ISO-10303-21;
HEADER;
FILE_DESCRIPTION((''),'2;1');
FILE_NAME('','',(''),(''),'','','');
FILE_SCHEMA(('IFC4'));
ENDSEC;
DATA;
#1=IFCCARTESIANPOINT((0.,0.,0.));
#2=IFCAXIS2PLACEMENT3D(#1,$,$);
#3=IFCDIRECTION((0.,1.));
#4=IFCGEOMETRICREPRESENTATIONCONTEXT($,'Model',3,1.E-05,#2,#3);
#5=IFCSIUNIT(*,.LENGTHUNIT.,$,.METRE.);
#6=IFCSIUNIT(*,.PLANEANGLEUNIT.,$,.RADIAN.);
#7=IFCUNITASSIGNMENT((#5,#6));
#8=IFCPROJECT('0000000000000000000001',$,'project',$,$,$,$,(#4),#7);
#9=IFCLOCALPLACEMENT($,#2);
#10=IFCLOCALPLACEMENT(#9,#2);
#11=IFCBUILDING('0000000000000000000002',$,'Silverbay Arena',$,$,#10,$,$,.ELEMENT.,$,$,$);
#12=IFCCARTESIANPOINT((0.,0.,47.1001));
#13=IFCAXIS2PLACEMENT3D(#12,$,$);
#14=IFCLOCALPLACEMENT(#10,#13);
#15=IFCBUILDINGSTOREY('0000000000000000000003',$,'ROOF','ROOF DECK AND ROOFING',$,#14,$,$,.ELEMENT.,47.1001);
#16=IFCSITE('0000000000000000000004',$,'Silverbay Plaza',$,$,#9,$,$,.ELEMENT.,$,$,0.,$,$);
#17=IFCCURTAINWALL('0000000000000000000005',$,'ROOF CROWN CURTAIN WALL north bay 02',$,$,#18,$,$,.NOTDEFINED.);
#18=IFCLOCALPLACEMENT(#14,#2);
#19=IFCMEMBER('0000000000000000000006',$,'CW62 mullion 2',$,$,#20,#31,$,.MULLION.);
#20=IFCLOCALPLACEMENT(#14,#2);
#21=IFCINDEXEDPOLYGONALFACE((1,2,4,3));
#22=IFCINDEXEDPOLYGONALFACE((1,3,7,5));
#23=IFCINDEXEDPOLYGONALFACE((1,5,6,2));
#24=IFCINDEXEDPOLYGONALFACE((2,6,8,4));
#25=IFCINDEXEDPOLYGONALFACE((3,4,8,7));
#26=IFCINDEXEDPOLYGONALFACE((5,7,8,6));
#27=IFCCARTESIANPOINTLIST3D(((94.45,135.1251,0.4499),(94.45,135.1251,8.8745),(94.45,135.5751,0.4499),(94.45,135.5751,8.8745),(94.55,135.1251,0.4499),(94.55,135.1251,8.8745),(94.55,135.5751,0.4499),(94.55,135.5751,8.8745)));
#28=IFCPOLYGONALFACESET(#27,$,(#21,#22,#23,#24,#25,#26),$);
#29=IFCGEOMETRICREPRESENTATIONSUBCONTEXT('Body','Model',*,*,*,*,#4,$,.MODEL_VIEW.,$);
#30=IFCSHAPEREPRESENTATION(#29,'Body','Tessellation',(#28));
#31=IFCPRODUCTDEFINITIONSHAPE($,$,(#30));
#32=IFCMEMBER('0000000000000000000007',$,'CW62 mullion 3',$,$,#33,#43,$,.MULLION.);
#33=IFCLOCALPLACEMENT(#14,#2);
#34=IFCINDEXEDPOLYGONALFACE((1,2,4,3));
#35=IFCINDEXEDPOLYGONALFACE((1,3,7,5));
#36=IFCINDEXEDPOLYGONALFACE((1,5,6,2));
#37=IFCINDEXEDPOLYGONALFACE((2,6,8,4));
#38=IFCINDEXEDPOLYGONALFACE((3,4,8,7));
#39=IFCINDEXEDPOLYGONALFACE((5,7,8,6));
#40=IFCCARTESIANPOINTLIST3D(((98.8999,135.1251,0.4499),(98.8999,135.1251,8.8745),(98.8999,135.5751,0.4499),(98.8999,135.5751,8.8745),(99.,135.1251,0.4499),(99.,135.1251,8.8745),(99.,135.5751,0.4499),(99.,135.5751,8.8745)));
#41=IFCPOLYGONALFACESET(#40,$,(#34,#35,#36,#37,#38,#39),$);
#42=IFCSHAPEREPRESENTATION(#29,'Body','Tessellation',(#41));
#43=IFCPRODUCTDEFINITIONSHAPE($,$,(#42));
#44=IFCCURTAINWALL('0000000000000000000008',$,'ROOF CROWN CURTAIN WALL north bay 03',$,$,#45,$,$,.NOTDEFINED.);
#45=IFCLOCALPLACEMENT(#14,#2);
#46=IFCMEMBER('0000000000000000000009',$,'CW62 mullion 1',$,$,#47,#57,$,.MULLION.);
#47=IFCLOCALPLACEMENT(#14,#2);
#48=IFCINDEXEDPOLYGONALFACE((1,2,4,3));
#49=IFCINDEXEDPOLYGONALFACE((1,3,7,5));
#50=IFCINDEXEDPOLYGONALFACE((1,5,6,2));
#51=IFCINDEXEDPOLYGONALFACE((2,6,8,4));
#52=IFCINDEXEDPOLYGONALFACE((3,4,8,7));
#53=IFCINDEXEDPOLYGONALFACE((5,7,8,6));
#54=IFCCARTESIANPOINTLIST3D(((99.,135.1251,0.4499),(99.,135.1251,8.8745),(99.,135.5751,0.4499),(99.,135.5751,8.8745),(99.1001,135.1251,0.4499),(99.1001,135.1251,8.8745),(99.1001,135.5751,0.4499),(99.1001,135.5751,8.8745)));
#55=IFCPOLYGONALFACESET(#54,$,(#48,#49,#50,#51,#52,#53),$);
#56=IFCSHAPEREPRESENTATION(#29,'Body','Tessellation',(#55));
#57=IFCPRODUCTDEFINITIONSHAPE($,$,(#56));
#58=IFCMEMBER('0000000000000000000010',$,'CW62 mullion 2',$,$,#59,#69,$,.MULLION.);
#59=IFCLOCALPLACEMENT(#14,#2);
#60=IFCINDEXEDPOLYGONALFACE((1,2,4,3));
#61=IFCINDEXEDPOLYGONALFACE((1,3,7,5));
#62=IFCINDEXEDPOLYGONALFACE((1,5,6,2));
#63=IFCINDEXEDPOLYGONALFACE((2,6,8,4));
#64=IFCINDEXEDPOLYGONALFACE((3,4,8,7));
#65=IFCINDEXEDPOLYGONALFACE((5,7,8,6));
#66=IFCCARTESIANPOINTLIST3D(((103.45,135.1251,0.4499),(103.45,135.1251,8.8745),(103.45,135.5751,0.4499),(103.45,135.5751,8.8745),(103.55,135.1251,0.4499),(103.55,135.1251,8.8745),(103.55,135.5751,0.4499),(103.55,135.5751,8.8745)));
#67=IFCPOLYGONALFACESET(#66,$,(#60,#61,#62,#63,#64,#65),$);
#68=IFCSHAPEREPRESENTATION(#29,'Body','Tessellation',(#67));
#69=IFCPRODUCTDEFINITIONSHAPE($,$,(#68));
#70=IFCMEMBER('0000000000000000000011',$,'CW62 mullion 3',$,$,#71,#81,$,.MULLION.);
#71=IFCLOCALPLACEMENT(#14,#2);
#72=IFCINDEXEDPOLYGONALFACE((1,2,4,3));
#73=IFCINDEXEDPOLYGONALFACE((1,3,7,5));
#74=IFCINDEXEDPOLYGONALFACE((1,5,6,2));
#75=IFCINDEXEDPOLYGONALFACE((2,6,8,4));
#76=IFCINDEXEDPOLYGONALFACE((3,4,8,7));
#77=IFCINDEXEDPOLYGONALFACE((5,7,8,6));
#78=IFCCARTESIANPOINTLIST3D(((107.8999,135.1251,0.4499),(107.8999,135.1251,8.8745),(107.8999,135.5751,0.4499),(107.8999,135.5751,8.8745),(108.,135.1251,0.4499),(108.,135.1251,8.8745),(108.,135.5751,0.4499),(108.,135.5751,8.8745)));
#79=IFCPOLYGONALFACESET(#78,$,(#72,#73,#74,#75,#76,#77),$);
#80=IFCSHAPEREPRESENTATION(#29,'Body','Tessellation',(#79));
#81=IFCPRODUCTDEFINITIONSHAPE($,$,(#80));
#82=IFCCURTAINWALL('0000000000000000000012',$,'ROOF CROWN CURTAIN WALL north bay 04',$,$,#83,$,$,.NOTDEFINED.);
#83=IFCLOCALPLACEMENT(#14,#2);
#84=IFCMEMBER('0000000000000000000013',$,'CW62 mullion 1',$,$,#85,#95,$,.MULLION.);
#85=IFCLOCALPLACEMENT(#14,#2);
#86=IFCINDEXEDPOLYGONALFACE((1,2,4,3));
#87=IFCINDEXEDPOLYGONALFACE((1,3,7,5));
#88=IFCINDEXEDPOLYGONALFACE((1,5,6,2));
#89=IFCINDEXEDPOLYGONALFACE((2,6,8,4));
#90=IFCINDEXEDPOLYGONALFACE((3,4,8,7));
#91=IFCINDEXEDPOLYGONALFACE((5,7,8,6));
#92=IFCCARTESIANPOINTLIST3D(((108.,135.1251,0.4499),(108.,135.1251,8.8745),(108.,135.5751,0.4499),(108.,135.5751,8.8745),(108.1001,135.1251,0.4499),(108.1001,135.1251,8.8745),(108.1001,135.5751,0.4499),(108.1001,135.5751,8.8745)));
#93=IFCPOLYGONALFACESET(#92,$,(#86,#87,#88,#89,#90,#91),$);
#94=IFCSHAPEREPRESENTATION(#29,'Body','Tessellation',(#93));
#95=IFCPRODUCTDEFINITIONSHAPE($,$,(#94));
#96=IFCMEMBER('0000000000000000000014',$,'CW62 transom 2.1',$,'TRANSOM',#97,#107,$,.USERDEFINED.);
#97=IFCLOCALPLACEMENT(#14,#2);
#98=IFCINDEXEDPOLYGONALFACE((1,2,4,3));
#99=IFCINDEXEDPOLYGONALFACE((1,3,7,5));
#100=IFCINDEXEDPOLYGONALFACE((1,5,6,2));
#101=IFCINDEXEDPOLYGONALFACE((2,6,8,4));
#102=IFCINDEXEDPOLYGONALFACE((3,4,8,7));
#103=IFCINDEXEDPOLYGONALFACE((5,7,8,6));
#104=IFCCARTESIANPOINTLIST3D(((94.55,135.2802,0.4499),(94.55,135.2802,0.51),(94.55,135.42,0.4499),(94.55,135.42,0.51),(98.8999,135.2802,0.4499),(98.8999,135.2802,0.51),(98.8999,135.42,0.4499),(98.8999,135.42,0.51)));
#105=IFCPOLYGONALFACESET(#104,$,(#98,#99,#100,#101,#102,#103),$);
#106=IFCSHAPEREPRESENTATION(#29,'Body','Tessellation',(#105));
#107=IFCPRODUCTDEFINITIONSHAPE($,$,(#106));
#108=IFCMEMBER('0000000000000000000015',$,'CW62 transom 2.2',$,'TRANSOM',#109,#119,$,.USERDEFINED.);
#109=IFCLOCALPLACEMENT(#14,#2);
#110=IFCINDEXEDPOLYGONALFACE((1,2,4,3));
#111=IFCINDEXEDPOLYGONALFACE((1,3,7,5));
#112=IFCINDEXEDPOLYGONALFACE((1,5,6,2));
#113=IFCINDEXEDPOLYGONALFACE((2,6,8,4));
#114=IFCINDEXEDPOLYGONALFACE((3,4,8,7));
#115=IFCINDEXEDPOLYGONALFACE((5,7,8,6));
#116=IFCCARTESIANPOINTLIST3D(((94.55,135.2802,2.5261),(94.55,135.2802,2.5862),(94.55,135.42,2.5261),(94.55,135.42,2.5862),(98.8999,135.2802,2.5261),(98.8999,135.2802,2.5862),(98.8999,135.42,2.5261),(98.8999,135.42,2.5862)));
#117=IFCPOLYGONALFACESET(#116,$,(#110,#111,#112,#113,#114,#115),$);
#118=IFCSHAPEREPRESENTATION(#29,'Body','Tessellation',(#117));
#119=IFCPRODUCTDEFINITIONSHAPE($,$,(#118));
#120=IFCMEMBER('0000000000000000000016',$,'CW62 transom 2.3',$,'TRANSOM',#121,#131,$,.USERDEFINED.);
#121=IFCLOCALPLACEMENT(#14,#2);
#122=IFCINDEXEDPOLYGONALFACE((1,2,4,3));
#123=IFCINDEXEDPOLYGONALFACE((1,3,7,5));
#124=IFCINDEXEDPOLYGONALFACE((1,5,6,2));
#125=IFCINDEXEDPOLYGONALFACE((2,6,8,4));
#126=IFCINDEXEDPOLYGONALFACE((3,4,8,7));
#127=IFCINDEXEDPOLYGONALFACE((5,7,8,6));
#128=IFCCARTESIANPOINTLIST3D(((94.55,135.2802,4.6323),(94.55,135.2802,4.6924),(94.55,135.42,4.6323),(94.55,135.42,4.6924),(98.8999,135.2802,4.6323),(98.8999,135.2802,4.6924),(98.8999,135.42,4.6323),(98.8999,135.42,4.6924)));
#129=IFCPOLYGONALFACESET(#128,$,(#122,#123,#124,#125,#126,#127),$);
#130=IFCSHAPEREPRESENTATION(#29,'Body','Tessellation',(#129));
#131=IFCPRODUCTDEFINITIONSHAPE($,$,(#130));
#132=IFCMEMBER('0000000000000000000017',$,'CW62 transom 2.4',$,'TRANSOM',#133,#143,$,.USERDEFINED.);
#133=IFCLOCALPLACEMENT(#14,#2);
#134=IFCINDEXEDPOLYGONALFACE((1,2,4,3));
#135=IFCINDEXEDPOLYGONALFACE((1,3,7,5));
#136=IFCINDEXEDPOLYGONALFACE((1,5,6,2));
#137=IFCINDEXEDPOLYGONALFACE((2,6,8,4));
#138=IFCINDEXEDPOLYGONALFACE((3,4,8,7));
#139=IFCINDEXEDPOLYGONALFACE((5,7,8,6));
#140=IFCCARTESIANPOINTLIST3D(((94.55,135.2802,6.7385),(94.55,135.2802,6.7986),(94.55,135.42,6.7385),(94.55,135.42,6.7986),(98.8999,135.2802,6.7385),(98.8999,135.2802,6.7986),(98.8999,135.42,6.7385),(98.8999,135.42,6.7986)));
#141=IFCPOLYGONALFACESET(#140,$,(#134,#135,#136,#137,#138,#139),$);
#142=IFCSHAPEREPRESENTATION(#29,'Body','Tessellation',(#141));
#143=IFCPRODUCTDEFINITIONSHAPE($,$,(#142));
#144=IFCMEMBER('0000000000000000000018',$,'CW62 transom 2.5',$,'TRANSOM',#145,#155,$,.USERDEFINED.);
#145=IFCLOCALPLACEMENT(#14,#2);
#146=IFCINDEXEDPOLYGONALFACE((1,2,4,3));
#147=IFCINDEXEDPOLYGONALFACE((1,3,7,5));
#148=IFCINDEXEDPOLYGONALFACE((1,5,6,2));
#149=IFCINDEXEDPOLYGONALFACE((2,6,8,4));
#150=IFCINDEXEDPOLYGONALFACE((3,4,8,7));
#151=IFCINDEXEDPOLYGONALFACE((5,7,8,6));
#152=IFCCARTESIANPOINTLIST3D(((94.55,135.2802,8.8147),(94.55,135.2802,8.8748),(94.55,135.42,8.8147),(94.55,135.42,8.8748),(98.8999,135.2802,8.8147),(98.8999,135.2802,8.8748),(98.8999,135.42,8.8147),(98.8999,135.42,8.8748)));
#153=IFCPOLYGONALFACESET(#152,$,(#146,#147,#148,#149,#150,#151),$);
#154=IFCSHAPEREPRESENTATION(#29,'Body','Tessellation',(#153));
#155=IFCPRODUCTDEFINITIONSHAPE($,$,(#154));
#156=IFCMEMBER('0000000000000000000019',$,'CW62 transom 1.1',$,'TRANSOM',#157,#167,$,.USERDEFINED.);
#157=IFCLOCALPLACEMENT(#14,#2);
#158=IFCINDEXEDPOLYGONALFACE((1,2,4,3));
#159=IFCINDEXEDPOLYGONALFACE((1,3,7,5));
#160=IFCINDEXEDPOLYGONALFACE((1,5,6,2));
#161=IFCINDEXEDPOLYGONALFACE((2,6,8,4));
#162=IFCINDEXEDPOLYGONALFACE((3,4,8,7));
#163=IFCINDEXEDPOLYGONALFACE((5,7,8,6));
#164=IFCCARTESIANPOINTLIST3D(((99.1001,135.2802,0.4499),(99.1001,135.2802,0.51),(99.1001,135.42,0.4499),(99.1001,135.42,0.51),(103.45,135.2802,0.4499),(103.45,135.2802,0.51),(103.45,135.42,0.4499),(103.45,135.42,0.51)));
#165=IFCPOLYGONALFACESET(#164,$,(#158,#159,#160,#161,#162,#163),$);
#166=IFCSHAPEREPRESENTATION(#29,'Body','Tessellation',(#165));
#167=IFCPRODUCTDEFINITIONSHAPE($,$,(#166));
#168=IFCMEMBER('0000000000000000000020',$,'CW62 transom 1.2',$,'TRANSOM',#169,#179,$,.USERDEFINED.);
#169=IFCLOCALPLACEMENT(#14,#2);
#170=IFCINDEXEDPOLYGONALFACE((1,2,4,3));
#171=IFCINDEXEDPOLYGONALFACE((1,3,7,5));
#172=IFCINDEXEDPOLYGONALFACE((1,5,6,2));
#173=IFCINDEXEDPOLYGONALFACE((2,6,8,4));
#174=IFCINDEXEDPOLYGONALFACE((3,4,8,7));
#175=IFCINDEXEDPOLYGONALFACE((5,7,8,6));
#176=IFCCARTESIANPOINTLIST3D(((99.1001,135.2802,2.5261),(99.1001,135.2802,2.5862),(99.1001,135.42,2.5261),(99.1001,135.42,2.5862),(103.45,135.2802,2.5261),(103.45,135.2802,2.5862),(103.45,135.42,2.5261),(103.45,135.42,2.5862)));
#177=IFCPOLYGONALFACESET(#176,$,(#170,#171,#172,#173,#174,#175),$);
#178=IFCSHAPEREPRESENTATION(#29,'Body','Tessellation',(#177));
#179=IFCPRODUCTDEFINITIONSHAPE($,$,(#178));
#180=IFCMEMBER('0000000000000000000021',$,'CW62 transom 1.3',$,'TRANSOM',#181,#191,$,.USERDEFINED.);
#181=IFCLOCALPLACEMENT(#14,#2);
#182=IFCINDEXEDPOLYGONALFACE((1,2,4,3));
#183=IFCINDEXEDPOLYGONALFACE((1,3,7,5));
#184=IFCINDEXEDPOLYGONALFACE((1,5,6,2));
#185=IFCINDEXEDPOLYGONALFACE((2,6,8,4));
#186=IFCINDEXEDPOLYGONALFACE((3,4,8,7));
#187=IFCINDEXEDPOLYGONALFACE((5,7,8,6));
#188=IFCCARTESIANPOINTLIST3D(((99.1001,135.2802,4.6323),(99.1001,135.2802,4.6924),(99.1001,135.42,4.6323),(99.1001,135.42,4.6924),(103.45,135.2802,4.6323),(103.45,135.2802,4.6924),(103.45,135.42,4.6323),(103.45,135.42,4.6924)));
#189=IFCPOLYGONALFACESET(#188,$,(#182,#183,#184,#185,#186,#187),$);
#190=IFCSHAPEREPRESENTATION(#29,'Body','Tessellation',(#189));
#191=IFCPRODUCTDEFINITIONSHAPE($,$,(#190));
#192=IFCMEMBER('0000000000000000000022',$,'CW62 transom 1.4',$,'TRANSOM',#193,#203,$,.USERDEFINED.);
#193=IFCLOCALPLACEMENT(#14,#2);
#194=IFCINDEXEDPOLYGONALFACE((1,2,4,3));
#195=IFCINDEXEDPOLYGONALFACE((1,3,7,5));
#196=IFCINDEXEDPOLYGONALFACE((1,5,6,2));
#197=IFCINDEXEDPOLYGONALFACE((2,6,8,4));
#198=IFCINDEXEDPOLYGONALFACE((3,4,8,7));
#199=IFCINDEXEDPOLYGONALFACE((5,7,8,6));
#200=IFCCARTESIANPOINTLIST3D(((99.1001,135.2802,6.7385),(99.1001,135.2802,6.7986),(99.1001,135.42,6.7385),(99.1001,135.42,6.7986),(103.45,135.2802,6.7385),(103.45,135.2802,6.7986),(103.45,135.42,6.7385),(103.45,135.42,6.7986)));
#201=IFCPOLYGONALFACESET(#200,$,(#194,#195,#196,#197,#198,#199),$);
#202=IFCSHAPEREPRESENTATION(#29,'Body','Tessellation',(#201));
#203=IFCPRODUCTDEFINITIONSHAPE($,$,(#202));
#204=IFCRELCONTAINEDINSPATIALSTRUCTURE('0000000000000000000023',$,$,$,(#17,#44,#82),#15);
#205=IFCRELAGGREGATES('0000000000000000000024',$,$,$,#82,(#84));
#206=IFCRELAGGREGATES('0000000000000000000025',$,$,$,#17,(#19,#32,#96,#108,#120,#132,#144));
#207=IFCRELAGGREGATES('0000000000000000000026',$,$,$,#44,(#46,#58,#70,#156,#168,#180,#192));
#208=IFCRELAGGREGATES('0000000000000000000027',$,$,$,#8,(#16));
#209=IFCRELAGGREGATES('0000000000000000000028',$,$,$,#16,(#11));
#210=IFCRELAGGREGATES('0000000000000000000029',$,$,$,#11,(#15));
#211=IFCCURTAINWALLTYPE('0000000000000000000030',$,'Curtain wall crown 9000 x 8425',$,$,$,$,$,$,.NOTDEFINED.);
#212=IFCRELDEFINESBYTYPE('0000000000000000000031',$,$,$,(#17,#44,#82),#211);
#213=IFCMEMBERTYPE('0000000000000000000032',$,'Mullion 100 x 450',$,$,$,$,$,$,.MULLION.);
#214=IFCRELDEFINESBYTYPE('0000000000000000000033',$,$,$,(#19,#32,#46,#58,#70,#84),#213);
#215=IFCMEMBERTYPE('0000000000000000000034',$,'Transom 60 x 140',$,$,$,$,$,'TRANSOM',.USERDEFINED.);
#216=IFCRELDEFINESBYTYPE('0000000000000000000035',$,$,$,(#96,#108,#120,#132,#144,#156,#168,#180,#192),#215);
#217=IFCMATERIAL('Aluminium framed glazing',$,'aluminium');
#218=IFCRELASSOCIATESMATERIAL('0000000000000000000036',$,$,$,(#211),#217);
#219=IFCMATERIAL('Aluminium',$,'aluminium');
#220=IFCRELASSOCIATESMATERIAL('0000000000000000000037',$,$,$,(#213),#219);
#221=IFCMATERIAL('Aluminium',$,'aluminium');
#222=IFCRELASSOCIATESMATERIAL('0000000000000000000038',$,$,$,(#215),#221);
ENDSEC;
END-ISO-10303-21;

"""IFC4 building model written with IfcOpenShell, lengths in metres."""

from ifc_helpers import new_model, si_unit, direction, frame, origin, origin_2d, place, context, subcontext, project, spatial, rectangle, extrude, material, material_profile, profile_set, type_object, element, aggregate, save


model = new_model("IFC4")

# Units and contexts
model_context = context("Model", 3, precision=1e-05, world=origin(), true_north=direction((0.0, 1.0)))
body_context = subcontext(model_context, "Body", "Model", "MODEL_VIEW")
ifc_project = project(units=[si_unit("LENGTHUNIT", "METRE"), si_unit("PLANEANGLEUNIT", "RADIAN")], contexts=[model_context])

# Site, building, storey
site_placement = place(None, origin())
site = spatial("IfcSite", under=ifc_project, at=site_placement, Name="Silverbay Plaza", CompositionType="ELEMENT", RefElevation=0.0)
building_placement = place(site_placement, origin())
building = spatial("IfcBuilding", under=site, at=building_placement, Name="Silverbay Arena", CompositionType="ELEMENT")
storey_placement = place(building_placement, frame((0.0, 0.0, 47.1001)))
storey = spatial("IfcBuildingStorey", under=building, at=storey_placement, Name="ROOF", Description="ROOF DECK AND ROOFING", CompositionType="ELEMENT", Elevation=47.1001)

# Curtain walls, members
ifc_material_1 = material(Name="Aluminium framed glazing", Category="aluminium")
curtain_wall_type = type_object("IfcCurtainWallType", Name="Curtain wall crown 9000 x 8425", PredefinedType="NOTDEFINED", material=ifc_material_1)
curtain_wall_1_placement = place(storey_placement, origin())
curtain_wall_1 = element("IfcCurtainWall", 1, at=curtain_wall_1_placement, inside=storey, type_object=curtain_wall_type, Name="ROOF CROWN CURTAIN WALL north bay 02", PredefinedType="NOTDEFINED")
ifc_material_2 = material(Name="Aluminium", Category="aluminium")
ifc_material_profile_1 = material_profile(ifc_material_2, rectangle(XDim=0.45, YDim=0.1001, at=origin_2d()), Name="Mullion 100 x 450")
ifc_profile_set_1 = profile_set([ifc_material_profile_1], Name="Aluminium")
member_type_1 = type_object("IfcMemberType", Name="Mullion 100 x 450", PredefinedType="MULLION", material=ifc_profile_set_1)
placement = place(building_placement, frame((0.0, 0.0, 33.5)))
member_1_placement = place(placement, frame((94.5, 135.3501, 14.05), z_axis=(0.0, 0.0, 1.0), x_axis=(0.0, 1.0, 0.0)))
member_1 = element("IfcMember", 2, at=member_1_placement, type_object=member_type_1, Name="CW62 mullion 2", PredefinedType="MULLION", context=body_context, shape_type="SweptSolid", body=[
    extrude(rectangle(XDim=0.45, YDim=0.1001, at=origin_2d()), origin(), (0.0, 0.0, 1.0), 8.4246),
])
member_2_placement = place(placement, frame((98.95, 135.3501, 14.05), z_axis=(0.0, 0.0, 1.0), x_axis=(0.0, 1.0, 0.0)))
member_2 = element("IfcMember", 3, at=member_2_placement, type_object=member_type_1, Name="CW62 mullion 3", PredefinedType="MULLION", context=body_context, shape_type="SweptSolid", body=[
    extrude(rectangle(XDim=0.45, YDim=0.1001, at=origin_2d()), origin(), (0.0, 0.0, 1.0), 8.4246),
])
curtain_wall_2_placement = place(storey_placement, origin())
curtain_wall_2 = element("IfcCurtainWall", 4, at=curtain_wall_2_placement, inside=storey, type_object=curtain_wall_type, Name="ROOF CROWN CURTAIN WALL north bay 03", PredefinedType="NOTDEFINED")
member_3_placement = place(placement, frame((99.05, 135.3501, 14.05), z_axis=(0.0, 0.0, 1.0), x_axis=(0.0, 1.0, 0.0)))
member_3 = element("IfcMember", 5, at=member_3_placement, type_object=member_type_1, Name="CW62 mullion 1", PredefinedType="MULLION", context=body_context, shape_type="SweptSolid", body=[
    extrude(rectangle(XDim=0.45, YDim=0.1001, at=origin_2d()), origin(), (0.0, 0.0, 1.0), 8.4246),
])
member_4_placement = place(placement, frame((103.5, 135.3501, 14.05), z_axis=(0.0, 0.0, 1.0), x_axis=(0.0, 1.0, 0.0)))
member_4 = element("IfcMember", 6, at=member_4_placement, type_object=member_type_1, Name="CW62 mullion 2", PredefinedType="MULLION", context=body_context, shape_type="SweptSolid", body=[
    extrude(rectangle(XDim=0.45, YDim=0.1001, at=origin_2d()), origin(), (0.0, 0.0, 1.0), 8.4246),
])
member_5_placement = place(placement, frame((107.95, 135.3501, 14.05), z_axis=(0.0, 0.0, 1.0), x_axis=(0.0, 1.0, 0.0)))
member_5 = element("IfcMember", 7, at=member_5_placement, type_object=member_type_1, Name="CW62 mullion 3", PredefinedType="MULLION", context=body_context, shape_type="SweptSolid", body=[
    extrude(rectangle(XDim=0.45, YDim=0.1001, at=origin_2d()), origin(), (0.0, 0.0, 1.0), 8.4246),
])

# Curtain wall, member
curtain_wall_3_placement = place(storey_placement, origin())
curtain_wall_3 = element("IfcCurtainWall", 8, at=curtain_wall_3_placement, inside=storey, type_object=curtain_wall_type, Name="ROOF CROWN CURTAIN WALL north bay 04", PredefinedType="NOTDEFINED")
member_6_placement = place(placement, frame((108.05, 135.3501, 14.05), z_axis=(0.0, 0.0, 1.0), x_axis=(0.0, 1.0, 0.0)))
member_6 = element("IfcMember", 9, at=member_6_placement, type_object=member_type_1, Name="CW62 mullion 1", PredefinedType="MULLION", context=body_context, shape_type="SweptSolid", body=[
    extrude(rectangle(XDim=0.45, YDim=0.1001, at=origin_2d()), origin(), (0.0, 0.0, 1.0), 8.4246),
])

# Members
ifc_material_3 = material(Name="Aluminium", Category="aluminium")
ifc_material_profile_2 = material_profile(ifc_material_3, rectangle(XDim=0.1399, YDim=0.0601, at=origin_2d()), Name="Transom 60 x 140")
ifc_profile_set_2 = profile_set([ifc_material_profile_2], Name="Aluminium")
member_type_2 = type_object("IfcMemberType", Name="Transom 60 x 140", ElementType="TRANSOM", PredefinedType="USERDEFINED", material=ifc_profile_set_2)
member_7_placement = place(placement, frame((94.55, 135.3501, 14.0801), z_axis=(1.0, 0.0, 0.0), x_axis=(0.0, 1.0, 0.0)))
member_7 = element("IfcMember", 10, at=member_7_placement, type_object=member_type_2, Name="CW62 transom 2.1", ObjectType="TRANSOM", PredefinedType="USERDEFINED", context=body_context, shape_type="SweptSolid", body=[
    extrude(rectangle(XDim=0.1399, YDim=0.0601, at=origin_2d()), origin(), (0.0, 0.0, 1.0), 4.3499),
])
member_8_placement = place(placement, frame((94.55, 135.3501, 16.1562), z_axis=(1.0, 0.0, 0.0), x_axis=(0.0, 1.0, 0.0)))
member_8 = element("IfcMember", 11, at=member_8_placement, type_object=member_type_2, Name="CW62 transom 2.2", ObjectType="TRANSOM", PredefinedType="USERDEFINED", context=body_context, shape_type="SweptSolid", body=[
    extrude(rectangle(XDim=0.1399, YDim=0.0601, at=origin_2d()), origin(), (0.0, 0.0, 1.0), 4.3499),
])
member_9_placement = place(placement, frame((94.55, 135.3501, 18.2625), z_axis=(1.0, 0.0, 0.0), x_axis=(0.0, 1.0, 0.0)))
member_9 = element("IfcMember", 12, at=member_9_placement, type_object=member_type_2, Name="CW62 transom 2.3", ObjectType="TRANSOM", PredefinedType="USERDEFINED", context=body_context, shape_type="SweptSolid", body=[
    extrude(rectangle(XDim=0.1399, YDim=0.0601, at=origin_2d()), origin(), (0.0, 0.0, 1.0), 4.3499),
])
member_10_placement = place(placement, frame((94.55, 135.3501, 20.3687), z_axis=(1.0, 0.0, 0.0), x_axis=(0.0, 1.0, 0.0)))
member_10 = element("IfcMember", 13, at=member_10_placement, type_object=member_type_2, Name="CW62 transom 2.4", ObjectType="TRANSOM", PredefinedType="USERDEFINED", context=body_context, shape_type="SweptSolid", body=[
    extrude(rectangle(XDim=0.1399, YDim=0.0601, at=origin_2d()), origin(), (0.0, 0.0, 1.0), 4.3499),
])
member_11_placement = place(placement, frame((94.55, 135.3501, 22.4448), z_axis=(1.0, 0.0, 0.0), x_axis=(0.0, 1.0, 0.0)))
member_11 = element("IfcMember", 14, at=member_11_placement, type_object=member_type_2, Name="CW62 transom 2.5", ObjectType="TRANSOM", PredefinedType="USERDEFINED", context=body_context, shape_type="SweptSolid", body=[
    extrude(rectangle(XDim=0.1399, YDim=0.0601, at=origin_2d()), origin(), (0.0, 0.0, 1.0), 4.3499),
])
member_12_placement = place(placement, frame((99.1001, 135.3501, 14.0801), z_axis=(1.0, 0.0, 0.0), x_axis=(0.0, 1.0, 0.0)))
member_12 = element("IfcMember", 15, at=member_12_placement, type_object=member_type_2, Name="CW62 transom 1.1", ObjectType="TRANSOM", PredefinedType="USERDEFINED", context=body_context, shape_type="SweptSolid", body=[
    extrude(rectangle(XDim=0.1399, YDim=0.0601, at=origin_2d()), origin(), (0.0, 0.0, 1.0), 4.3499),
])
member_13_placement = place(placement, frame((99.1001, 135.3501, 16.1562), z_axis=(1.0, 0.0, 0.0), x_axis=(0.0, 1.0, 0.0)))
member_13 = element("IfcMember", 16, at=member_13_placement, type_object=member_type_2, Name="CW62 transom 1.2", ObjectType="TRANSOM", PredefinedType="USERDEFINED", context=body_context, shape_type="SweptSolid", body=[
    extrude(rectangle(XDim=0.1399, YDim=0.0601, at=origin_2d()), origin(), (0.0, 0.0, 1.0), 4.3499),
])
member_14_placement = place(placement, frame((99.1001, 135.3501, 18.2625), z_axis=(1.0, 0.0, 0.0), x_axis=(0.0, 1.0, 0.0)))
member_14 = element("IfcMember", 17, at=member_14_placement, type_object=member_type_2, Name="CW62 transom 1.3", ObjectType="TRANSOM", PredefinedType="USERDEFINED", context=body_context, shape_type="SweptSolid", body=[
    extrude(rectangle(XDim=0.1399, YDim=0.0601, at=origin_2d()), origin(), (0.0, 0.0, 1.0), 4.3499),
])
member_15_placement = place(placement, frame((99.1001, 135.3501, 20.3687), z_axis=(1.0, 0.0, 0.0), x_axis=(0.0, 1.0, 0.0)))
member_15 = element("IfcMember", 18, at=member_15_placement, type_object=member_type_2, Name="CW62 transom 1.4", ObjectType="TRANSOM", PredefinedType="USERDEFINED", context=body_context, shape_type="SweptSolid", body=[
    extrude(rectangle(XDim=0.1399, YDim=0.0601, at=origin_2d()), origin(), (0.0, 0.0, 1.0), 4.3499),
])
aggregate(curtain_wall_3, [member_6])

aggregate(curtain_wall_1, [member_1, member_2, member_7, member_8, member_9, member_10, member_11])
aggregate(curtain_wall_2, [member_3, member_4, member_5, member_12, member_13, member_14, member_15])

save(model, "model.ifc")
